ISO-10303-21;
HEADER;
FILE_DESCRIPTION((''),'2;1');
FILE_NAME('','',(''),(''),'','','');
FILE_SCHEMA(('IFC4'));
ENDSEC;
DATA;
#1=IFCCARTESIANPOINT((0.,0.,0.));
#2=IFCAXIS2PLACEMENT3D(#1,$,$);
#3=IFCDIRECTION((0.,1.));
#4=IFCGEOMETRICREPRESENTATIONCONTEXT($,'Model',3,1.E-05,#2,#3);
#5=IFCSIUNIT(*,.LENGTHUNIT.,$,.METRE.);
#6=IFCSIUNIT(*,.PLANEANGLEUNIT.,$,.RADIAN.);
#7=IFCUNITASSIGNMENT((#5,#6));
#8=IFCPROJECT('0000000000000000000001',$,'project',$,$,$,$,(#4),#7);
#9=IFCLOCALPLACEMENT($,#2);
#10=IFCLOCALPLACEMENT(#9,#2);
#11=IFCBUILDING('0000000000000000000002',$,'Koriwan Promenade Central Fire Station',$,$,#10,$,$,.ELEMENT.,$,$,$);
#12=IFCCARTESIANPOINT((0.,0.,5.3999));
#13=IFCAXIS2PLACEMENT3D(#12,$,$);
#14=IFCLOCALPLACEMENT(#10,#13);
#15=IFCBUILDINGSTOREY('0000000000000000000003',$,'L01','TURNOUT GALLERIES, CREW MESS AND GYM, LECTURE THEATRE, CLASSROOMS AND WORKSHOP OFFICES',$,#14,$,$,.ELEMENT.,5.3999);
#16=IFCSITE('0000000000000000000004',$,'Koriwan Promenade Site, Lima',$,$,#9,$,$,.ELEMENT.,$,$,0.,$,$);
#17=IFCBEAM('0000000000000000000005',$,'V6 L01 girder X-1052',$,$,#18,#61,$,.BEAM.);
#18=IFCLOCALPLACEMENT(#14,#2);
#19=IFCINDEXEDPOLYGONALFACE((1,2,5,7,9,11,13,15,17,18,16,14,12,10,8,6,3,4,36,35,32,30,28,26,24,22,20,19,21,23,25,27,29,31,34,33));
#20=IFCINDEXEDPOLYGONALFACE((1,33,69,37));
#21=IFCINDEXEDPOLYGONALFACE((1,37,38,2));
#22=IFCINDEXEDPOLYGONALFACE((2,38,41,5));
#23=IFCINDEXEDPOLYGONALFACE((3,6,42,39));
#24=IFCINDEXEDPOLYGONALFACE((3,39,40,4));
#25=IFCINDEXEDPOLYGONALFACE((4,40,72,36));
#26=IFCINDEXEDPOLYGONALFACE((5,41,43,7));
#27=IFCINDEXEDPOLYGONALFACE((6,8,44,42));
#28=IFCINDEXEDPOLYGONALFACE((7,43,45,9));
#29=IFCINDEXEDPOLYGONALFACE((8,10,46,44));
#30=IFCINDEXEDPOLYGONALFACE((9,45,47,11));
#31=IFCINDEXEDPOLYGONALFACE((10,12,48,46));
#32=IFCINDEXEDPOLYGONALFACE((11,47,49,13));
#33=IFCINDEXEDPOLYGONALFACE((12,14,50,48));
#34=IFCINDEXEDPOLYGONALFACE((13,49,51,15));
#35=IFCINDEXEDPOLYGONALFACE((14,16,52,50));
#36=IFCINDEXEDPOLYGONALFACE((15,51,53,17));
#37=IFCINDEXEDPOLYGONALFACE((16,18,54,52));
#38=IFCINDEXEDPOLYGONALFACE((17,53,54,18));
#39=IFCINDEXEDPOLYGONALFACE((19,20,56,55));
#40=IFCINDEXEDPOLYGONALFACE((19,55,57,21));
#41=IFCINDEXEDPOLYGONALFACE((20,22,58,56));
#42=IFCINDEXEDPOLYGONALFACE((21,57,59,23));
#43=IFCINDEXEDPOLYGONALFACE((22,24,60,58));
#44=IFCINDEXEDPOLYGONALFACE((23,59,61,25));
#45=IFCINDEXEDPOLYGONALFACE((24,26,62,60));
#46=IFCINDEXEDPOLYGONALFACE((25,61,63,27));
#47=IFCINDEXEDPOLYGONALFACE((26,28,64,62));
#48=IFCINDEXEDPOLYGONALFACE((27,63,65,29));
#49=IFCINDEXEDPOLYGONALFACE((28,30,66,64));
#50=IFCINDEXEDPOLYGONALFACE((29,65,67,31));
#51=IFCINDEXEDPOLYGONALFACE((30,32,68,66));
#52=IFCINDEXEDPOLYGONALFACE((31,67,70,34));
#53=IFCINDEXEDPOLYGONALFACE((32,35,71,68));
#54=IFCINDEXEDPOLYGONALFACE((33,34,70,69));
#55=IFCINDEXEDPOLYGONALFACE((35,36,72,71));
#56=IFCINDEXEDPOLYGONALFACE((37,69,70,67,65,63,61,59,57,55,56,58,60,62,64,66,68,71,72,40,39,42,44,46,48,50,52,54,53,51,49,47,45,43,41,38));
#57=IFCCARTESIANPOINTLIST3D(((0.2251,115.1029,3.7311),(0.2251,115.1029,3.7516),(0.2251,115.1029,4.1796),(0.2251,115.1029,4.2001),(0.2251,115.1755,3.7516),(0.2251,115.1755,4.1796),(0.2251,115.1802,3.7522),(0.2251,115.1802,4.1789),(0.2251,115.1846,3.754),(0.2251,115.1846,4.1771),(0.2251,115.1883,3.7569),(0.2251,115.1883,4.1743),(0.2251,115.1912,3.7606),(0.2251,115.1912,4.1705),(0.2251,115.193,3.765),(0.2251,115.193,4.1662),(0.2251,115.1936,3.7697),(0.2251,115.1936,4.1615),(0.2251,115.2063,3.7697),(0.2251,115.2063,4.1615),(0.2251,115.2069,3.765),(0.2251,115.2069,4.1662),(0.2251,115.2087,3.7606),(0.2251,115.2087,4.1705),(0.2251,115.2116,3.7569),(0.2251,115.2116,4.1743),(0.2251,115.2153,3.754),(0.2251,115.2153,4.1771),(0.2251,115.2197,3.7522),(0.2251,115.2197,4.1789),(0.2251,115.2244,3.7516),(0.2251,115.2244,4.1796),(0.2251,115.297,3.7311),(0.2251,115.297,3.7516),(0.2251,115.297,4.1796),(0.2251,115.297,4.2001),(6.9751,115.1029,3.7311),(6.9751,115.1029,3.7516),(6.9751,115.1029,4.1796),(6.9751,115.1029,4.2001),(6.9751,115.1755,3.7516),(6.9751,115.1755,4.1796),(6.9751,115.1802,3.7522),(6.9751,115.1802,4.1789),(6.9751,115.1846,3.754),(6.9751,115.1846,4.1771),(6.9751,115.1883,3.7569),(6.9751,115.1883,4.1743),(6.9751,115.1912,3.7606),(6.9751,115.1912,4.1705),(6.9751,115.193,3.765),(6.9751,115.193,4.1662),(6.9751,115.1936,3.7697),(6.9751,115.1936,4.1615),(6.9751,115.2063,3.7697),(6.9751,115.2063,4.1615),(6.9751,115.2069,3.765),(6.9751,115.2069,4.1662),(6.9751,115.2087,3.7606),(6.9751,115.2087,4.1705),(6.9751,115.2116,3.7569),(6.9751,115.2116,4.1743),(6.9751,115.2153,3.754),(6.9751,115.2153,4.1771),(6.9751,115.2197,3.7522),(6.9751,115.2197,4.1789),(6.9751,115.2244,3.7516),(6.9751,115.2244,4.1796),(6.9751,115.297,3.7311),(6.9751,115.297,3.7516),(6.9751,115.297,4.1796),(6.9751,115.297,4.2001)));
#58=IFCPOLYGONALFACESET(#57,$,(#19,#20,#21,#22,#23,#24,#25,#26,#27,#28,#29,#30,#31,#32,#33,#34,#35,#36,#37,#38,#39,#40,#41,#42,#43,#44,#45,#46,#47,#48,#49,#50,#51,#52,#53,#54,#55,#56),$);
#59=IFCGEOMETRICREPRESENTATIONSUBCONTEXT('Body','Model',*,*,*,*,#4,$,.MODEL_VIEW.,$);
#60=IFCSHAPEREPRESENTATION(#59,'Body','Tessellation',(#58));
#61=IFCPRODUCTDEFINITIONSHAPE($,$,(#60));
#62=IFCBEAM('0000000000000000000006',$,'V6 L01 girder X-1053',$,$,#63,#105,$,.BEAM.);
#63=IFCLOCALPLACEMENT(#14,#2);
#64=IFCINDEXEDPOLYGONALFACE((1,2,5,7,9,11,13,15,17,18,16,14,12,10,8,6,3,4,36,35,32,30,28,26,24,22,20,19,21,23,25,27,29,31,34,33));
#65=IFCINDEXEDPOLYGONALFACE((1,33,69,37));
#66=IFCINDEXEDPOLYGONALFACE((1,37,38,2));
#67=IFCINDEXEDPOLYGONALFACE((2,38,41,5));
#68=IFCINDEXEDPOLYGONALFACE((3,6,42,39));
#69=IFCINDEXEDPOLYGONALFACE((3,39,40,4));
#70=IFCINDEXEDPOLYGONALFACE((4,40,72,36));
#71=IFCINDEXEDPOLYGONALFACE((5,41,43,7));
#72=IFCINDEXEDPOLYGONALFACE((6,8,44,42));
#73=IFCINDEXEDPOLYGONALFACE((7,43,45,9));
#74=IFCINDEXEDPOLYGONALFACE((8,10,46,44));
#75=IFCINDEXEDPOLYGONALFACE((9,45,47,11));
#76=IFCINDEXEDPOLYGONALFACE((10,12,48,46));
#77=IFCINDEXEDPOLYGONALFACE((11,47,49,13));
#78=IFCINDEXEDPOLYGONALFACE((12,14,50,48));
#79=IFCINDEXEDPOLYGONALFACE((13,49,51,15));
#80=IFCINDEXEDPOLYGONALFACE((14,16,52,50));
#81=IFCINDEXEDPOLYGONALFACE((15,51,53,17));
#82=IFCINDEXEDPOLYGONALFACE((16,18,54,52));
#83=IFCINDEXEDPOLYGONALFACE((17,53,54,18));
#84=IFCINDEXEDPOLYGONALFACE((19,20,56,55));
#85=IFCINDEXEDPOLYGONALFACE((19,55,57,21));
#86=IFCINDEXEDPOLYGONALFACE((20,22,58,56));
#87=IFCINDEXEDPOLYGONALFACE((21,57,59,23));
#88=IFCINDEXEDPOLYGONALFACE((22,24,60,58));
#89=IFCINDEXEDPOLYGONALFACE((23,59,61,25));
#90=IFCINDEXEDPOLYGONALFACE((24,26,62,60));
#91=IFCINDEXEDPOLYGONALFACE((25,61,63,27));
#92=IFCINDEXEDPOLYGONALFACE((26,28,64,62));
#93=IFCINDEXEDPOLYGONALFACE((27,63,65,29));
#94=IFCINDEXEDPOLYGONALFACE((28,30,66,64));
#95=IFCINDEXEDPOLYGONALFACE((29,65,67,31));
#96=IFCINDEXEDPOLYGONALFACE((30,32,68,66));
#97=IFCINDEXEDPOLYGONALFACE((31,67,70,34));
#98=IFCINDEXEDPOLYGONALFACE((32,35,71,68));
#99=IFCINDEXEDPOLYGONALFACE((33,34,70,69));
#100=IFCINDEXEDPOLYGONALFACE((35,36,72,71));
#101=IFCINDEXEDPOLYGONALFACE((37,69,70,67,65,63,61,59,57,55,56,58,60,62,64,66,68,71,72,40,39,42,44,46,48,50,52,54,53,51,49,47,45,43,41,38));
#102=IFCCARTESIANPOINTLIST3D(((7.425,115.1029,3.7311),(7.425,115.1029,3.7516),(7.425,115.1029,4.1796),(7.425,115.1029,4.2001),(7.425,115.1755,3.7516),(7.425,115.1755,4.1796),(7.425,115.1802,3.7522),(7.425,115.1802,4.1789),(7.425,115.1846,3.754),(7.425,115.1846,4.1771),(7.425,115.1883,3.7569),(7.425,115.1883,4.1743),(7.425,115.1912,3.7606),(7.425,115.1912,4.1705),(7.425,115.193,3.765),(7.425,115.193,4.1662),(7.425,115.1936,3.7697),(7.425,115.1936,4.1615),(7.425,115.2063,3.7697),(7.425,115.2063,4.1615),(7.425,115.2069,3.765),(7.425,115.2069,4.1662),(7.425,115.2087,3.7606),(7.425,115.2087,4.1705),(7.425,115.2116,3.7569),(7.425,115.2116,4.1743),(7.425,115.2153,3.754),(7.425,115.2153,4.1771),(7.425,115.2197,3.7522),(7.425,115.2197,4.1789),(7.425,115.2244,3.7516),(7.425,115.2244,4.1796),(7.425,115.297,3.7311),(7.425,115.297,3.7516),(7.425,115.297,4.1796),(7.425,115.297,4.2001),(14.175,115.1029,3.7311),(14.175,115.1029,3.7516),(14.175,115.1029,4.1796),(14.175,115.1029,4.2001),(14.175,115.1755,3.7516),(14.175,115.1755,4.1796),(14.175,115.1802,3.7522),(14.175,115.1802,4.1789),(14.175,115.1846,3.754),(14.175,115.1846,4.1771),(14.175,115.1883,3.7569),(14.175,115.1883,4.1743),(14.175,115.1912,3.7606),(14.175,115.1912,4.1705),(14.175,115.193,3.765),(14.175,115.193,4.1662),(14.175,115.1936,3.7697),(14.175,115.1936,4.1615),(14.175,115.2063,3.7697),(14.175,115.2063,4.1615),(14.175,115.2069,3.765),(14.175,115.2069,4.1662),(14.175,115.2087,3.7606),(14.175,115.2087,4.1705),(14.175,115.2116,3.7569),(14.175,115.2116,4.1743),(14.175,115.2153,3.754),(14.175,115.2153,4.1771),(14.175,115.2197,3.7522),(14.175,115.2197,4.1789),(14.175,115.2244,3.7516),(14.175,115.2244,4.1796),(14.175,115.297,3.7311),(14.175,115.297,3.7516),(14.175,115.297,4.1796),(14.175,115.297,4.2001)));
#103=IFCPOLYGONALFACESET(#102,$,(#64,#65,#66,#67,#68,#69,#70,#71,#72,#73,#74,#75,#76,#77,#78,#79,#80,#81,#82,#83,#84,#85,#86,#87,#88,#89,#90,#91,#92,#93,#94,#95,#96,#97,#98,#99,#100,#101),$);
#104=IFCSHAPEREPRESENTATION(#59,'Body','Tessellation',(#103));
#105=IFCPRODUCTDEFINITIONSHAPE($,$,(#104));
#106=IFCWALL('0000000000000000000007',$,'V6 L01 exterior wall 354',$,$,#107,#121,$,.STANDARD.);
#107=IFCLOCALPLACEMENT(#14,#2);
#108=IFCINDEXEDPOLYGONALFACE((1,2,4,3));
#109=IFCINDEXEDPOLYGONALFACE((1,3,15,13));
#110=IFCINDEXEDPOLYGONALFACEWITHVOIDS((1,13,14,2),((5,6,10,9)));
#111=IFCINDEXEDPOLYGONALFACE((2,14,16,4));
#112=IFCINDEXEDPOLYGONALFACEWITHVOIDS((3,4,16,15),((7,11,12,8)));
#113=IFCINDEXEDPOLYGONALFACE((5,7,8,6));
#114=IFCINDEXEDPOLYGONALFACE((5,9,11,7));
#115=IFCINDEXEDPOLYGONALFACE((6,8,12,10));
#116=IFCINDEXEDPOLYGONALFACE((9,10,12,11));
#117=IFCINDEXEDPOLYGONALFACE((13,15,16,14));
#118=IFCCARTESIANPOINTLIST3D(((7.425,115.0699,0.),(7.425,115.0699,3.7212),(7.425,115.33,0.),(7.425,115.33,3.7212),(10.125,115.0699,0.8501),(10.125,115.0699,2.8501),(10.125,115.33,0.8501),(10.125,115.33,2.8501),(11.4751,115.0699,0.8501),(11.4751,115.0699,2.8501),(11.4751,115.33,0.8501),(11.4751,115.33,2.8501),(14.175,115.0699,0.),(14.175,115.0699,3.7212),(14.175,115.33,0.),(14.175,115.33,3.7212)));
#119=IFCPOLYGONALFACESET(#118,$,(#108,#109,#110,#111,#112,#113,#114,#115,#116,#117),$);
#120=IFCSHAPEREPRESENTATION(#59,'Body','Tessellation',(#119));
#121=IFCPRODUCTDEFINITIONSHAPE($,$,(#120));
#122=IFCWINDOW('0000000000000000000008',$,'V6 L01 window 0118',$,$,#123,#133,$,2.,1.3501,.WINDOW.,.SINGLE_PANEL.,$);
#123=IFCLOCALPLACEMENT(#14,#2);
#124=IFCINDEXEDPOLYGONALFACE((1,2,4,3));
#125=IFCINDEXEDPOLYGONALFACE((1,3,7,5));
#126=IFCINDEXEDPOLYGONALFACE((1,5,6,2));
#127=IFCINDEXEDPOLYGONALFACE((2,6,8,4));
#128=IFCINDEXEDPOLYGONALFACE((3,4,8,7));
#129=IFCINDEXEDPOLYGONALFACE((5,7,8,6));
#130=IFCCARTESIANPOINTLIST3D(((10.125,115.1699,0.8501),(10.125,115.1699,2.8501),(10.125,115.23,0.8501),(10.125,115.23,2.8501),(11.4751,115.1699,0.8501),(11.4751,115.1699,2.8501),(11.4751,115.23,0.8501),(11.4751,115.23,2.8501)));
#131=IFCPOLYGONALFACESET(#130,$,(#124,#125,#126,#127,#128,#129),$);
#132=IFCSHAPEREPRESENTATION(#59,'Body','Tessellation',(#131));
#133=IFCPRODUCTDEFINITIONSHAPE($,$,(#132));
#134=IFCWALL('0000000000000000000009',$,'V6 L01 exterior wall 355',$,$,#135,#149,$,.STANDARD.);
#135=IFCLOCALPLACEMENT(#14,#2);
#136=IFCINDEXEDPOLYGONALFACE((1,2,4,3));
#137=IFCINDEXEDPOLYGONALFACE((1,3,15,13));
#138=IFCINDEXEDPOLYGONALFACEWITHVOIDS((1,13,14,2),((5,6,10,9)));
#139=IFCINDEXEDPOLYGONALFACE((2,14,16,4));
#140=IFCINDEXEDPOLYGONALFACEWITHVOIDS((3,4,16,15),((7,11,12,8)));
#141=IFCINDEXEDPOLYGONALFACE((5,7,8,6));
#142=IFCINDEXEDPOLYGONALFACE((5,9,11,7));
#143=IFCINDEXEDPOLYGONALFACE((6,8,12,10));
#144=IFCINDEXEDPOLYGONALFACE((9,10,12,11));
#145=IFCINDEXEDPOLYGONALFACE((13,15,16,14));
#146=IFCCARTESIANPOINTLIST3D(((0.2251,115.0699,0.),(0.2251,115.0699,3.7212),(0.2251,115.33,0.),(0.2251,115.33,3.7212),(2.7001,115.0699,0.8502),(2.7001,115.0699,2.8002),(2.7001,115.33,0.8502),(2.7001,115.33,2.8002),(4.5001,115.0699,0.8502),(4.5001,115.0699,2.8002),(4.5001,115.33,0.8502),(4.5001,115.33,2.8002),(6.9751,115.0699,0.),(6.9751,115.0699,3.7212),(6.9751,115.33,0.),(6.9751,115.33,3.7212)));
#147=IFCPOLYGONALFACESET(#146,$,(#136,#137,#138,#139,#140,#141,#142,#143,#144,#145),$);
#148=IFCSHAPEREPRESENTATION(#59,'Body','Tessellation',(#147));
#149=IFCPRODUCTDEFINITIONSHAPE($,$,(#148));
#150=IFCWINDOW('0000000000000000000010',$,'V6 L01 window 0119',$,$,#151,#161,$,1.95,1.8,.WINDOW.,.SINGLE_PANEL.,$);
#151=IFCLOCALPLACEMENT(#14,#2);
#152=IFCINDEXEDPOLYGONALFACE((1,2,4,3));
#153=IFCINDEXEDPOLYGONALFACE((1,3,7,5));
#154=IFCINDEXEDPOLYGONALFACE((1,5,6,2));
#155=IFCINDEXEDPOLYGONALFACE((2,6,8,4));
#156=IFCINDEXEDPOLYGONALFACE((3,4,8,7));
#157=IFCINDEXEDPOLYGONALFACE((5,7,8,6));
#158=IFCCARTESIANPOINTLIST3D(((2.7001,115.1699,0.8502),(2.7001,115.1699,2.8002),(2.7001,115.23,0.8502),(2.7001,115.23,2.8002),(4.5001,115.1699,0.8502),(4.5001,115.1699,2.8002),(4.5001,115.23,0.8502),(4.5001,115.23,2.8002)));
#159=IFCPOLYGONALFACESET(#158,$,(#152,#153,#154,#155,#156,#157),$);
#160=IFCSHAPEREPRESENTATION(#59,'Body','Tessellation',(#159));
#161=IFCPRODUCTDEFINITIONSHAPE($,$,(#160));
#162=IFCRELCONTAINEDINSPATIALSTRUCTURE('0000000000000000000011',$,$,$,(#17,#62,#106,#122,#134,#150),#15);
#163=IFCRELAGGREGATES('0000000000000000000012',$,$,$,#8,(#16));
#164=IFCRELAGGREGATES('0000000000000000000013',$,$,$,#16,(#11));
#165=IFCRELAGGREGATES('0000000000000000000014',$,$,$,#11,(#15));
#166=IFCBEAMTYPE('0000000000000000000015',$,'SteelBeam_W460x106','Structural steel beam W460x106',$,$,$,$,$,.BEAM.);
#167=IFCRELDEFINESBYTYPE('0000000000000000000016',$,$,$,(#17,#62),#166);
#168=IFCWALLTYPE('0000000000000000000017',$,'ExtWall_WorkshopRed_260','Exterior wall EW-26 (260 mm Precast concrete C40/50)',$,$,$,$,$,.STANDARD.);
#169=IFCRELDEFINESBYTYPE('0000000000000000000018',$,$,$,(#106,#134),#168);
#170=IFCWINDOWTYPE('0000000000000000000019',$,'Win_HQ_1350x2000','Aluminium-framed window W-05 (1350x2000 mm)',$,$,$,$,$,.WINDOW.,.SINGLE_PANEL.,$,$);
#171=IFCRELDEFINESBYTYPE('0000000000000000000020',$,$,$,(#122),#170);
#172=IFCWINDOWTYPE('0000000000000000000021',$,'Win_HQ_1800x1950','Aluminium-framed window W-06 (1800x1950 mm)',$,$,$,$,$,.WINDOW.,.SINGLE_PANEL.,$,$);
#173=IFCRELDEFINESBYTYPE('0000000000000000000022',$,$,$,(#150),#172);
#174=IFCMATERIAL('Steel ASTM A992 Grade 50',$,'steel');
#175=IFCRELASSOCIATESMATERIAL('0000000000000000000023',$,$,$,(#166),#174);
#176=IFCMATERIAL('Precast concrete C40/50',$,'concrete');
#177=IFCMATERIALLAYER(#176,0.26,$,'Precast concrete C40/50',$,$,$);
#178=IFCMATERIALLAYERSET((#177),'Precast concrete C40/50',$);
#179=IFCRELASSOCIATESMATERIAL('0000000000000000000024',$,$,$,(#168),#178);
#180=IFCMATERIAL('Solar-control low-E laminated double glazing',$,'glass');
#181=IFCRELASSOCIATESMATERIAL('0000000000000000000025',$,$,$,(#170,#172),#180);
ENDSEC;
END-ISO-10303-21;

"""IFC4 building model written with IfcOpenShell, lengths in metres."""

from ifc_helpers import new_model, si_unit, direction, frame, frame_2d, origin, origin_2d, place, context, subcontext, project, spatial, rectangle, i_section, extrude, material, layer, layer_set, material_profile, profile_set, type_object, element, fill, save


model = new_model("IFC4")

# Units and contexts
model_context = context("Model", 3, precision=1e-05, world=origin(), true_north=direction((0.0, 1.0)))
body_context = subcontext(model_context, "Body", "Model", "MODEL_VIEW")
ifc_project = project(units=[si_unit("LENGTHUNIT", "METRE"), si_unit("PLANEANGLEUNIT", "RADIAN")], contexts=[model_context])

# Site, building, storey
site_placement = place(None, origin())
site = spatial("IfcSite", under=ifc_project, at=site_placement, Name="Koriwan Promenade Site, Lima", CompositionType="ELEMENT", RefElevation=0.0)
building_placement = place(site_placement, origin())
building = spatial("IfcBuilding", under=site, at=building_placement, Name="Koriwan Promenade Central Fire Station", CompositionType="ELEMENT")
storey_placement = place(building_placement, frame((0.0, 0.0, 5.3999)))
storey = spatial("IfcBuildingStorey", under=building, at=storey_placement, Name="L01", Description="TURNOUT GALLERIES, CREW MESS AND GYM, LECTURE THEATRE, CLASSROOMS AND WORKSHOP OFFICES", CompositionType="ELEMENT", Elevation=5.3999)

# Beams
ifc_material_1 = material(Name="Steel ASTM A992 Grade 50", Category="steel")
ifc_material_profile_1 = material_profile(ifc_material_1, i_section(OverallWidth=0.1941, OverallDepth=0.469, WebThickness=0.0127, FlangeThickness=0.0205, FilletRadius=0.0181, at=origin_2d()), Name="W460x106")
ifc_profile_set_1 = profile_set([ifc_material_profile_1], Name="Steel ASTM A992 Grade 50")
beam_type_1 = type_object("IfcBeamType", Name="SteelBeam_W460x106", Description="Structural steel beam W460x106", PredefinedType="BEAM", material=ifc_profile_set_1)
for number, where, z_axis, x_axis, name in (
    (1, (0.2251, 115.2, 3.9656), (1.0, 0.0, 0.0), (0.0, 1.0, 0.0), "V6 L01 girder X-1052"),
    (2, (7.425, 115.2, 3.9656), (1.0, 0.0, 0.0), (0.0, 1.0, 0.0), "V6 L01 girder X-1053"),
):
    element("IfcBeam", number, at=place(storey_placement, frame(where, z_axis=z_axis, x_axis=x_axis)), inside=storey, type_object=beam_type_1, Name=name, PredefinedType="BEAM", context=body_context, shape_type="SweptSolid", body=[
        extrude(i_section(OverallWidth=0.1941, OverallDepth=0.469, WebThickness=0.0127, FlangeThickness=0.0205, FilletRadius=0.0181, at=origin_2d()), origin(), (0.0, 0.0, 1.0), 6.75),
    ])

# Walls, openings, windows
ifc_material_2 = material(Name="Precast concrete C40/50", Category="concrete")
ifc_layer_1 = layer(ifc_material_2, 0.26, Name="Precast concrete C40/50")
ifc_layer_set_1 = layer_set([ifc_layer_1], Name="Precast concrete C40/50")
wall_type_1 = type_object("IfcWallType", Name="ExtWall_WorkshopRed_260", Description="Exterior wall EW-26 (260 mm Precast concrete C40/50)", PredefinedType="STANDARD", material=ifc_layer_set_1)
wall_1_placement = place(storey_placement, frame((14.175, 115.2, 0.0), z_axis=(0.0, 0.0, 1.0), x_axis=(-1.0, 0.0, 0.0)))
wall_1 = element("IfcWall", 3, at=wall_1_placement, inside=storey, type_object=wall_type_1, Name="V6 L01 exterior wall 354", PredefinedType="STANDARD", context=body_context, shape_type="SweptSolid", body=[
    extrude(rectangle(XDim=6.75, YDim=0.26, at=frame_2d((3.375, 0.0))), origin(), (0.0, 0.0, 1.0), 3.7212),
])
opening_1_placement = place(wall_1_placement, frame((2.7, 0.0, 0.8501)))
opening_1 = element("IfcOpeningElement", 4, at=opening_1_placement, cuts=wall_1, PredefinedType="OPENING", context=body_context, shape_type="SweptSolid", body=[
    extrude(rectangle(XDim=1.3501, YDim=2.0, at=frame_2d((0.675, 1.0))), frame((0.0, 0.1421, 0.0), z_axis=(0.0, -1.0, 0.0), x_axis=(1.0, 0.0, 0.0)), (0.0, 0.0, 1.0), 0.2839),
])
ifc_material_3 = material(Name="Solar-control low-E laminated double glazing", Category="glass")
window_type_1 = type_object("IfcWindowType", Name="Win_HQ_1350x2000", Description="Aluminium-framed window W-05 (1350x2000 mm)", PartitioningType="SINGLE_PANEL", PredefinedType="WINDOW", material=ifc_material_3)
window_1_placement = place(opening_1_placement, origin())
window_1 = element("IfcWindow", 5, at=window_1_placement, inside=storey, type_object=window_type_1, Name="V6 L01 window 0118", OverallHeight=2.0, OverallWidth=1.3501, PartitioningType="SINGLE_PANEL", PredefinedType="WINDOW", context=body_context, shape_type="SweptSolid", body=[
    extrude(rectangle(XDim=1.3501, YDim=2.0, at=frame_2d((0.675, 1.0))), frame((0.0, 0.03, 0.0), z_axis=(0.0, -1.0, 0.0), x_axis=(1.0, 0.0, 0.0)), (0.0, 0.0, 1.0), 0.0601),
])
fill(opening_1, window_1)
wall_2_placement = place(storey_placement, frame((6.9751, 115.2, 0.0), z_axis=(0.0, 0.0, 1.0), x_axis=(-1.0, 0.0, 0.0)))
wall_2 = element("IfcWall", 6, at=wall_2_placement, inside=storey, type_object=wall_type_1, Name="V6 L01 exterior wall 355", PredefinedType="STANDARD", context=body_context, shape_type="SweptSolid", body=[
    extrude(rectangle(XDim=6.75, YDim=0.26, at=frame_2d((3.375, 0.0))), origin(), (0.0, 0.0, 1.0), 3.7212),
])
opening_2_placement = place(wall_2_placement, frame((2.4751, 0.0, 0.8501)))
opening_2 = element("IfcOpeningElement", 7, at=opening_2_placement, cuts=wall_2, PredefinedType="OPENING", context=body_context, shape_type="SweptSolid", body=[
    extrude(rectangle(XDim=1.8, YDim=1.95, at=frame_2d((0.8999, 0.9751))), frame((0.0, 0.1421, 0.0), z_axis=(0.0, -1.0, 0.0), x_axis=(1.0, 0.0, 0.0)), (0.0, 0.0, 1.0), 0.2839),
])
window_type_2 = type_object("IfcWindowType", Name="Win_HQ_1800x1950", Description="Aluminium-framed window W-06 (1800x1950 mm)", PartitioningType="SINGLE_PANEL", PredefinedType="WINDOW", material=ifc_material_3)
window_2_placement = place(opening_2_placement, origin())
window_2 = element("IfcWindow", 8, at=window_2_placement, inside=storey, type_object=window_type_2, Name="V6 L01 window 0119", OverallHeight=1.95, OverallWidth=1.8, PartitioningType="SINGLE_PANEL", PredefinedType="WINDOW", context=body_context, shape_type="SweptSolid", body=[
    extrude(rectangle(XDim=1.8, YDim=1.95, at=frame_2d((0.8999, 0.9751))), frame((0.0, 0.03, 0.0), z_axis=(0.0, -1.0, 0.0), x_axis=(1.0, 0.0, 0.0)), (0.0, 0.0, 1.0), 0.0601),
])
fill(opening_2, window_2)

save(model, "model.ifc")
